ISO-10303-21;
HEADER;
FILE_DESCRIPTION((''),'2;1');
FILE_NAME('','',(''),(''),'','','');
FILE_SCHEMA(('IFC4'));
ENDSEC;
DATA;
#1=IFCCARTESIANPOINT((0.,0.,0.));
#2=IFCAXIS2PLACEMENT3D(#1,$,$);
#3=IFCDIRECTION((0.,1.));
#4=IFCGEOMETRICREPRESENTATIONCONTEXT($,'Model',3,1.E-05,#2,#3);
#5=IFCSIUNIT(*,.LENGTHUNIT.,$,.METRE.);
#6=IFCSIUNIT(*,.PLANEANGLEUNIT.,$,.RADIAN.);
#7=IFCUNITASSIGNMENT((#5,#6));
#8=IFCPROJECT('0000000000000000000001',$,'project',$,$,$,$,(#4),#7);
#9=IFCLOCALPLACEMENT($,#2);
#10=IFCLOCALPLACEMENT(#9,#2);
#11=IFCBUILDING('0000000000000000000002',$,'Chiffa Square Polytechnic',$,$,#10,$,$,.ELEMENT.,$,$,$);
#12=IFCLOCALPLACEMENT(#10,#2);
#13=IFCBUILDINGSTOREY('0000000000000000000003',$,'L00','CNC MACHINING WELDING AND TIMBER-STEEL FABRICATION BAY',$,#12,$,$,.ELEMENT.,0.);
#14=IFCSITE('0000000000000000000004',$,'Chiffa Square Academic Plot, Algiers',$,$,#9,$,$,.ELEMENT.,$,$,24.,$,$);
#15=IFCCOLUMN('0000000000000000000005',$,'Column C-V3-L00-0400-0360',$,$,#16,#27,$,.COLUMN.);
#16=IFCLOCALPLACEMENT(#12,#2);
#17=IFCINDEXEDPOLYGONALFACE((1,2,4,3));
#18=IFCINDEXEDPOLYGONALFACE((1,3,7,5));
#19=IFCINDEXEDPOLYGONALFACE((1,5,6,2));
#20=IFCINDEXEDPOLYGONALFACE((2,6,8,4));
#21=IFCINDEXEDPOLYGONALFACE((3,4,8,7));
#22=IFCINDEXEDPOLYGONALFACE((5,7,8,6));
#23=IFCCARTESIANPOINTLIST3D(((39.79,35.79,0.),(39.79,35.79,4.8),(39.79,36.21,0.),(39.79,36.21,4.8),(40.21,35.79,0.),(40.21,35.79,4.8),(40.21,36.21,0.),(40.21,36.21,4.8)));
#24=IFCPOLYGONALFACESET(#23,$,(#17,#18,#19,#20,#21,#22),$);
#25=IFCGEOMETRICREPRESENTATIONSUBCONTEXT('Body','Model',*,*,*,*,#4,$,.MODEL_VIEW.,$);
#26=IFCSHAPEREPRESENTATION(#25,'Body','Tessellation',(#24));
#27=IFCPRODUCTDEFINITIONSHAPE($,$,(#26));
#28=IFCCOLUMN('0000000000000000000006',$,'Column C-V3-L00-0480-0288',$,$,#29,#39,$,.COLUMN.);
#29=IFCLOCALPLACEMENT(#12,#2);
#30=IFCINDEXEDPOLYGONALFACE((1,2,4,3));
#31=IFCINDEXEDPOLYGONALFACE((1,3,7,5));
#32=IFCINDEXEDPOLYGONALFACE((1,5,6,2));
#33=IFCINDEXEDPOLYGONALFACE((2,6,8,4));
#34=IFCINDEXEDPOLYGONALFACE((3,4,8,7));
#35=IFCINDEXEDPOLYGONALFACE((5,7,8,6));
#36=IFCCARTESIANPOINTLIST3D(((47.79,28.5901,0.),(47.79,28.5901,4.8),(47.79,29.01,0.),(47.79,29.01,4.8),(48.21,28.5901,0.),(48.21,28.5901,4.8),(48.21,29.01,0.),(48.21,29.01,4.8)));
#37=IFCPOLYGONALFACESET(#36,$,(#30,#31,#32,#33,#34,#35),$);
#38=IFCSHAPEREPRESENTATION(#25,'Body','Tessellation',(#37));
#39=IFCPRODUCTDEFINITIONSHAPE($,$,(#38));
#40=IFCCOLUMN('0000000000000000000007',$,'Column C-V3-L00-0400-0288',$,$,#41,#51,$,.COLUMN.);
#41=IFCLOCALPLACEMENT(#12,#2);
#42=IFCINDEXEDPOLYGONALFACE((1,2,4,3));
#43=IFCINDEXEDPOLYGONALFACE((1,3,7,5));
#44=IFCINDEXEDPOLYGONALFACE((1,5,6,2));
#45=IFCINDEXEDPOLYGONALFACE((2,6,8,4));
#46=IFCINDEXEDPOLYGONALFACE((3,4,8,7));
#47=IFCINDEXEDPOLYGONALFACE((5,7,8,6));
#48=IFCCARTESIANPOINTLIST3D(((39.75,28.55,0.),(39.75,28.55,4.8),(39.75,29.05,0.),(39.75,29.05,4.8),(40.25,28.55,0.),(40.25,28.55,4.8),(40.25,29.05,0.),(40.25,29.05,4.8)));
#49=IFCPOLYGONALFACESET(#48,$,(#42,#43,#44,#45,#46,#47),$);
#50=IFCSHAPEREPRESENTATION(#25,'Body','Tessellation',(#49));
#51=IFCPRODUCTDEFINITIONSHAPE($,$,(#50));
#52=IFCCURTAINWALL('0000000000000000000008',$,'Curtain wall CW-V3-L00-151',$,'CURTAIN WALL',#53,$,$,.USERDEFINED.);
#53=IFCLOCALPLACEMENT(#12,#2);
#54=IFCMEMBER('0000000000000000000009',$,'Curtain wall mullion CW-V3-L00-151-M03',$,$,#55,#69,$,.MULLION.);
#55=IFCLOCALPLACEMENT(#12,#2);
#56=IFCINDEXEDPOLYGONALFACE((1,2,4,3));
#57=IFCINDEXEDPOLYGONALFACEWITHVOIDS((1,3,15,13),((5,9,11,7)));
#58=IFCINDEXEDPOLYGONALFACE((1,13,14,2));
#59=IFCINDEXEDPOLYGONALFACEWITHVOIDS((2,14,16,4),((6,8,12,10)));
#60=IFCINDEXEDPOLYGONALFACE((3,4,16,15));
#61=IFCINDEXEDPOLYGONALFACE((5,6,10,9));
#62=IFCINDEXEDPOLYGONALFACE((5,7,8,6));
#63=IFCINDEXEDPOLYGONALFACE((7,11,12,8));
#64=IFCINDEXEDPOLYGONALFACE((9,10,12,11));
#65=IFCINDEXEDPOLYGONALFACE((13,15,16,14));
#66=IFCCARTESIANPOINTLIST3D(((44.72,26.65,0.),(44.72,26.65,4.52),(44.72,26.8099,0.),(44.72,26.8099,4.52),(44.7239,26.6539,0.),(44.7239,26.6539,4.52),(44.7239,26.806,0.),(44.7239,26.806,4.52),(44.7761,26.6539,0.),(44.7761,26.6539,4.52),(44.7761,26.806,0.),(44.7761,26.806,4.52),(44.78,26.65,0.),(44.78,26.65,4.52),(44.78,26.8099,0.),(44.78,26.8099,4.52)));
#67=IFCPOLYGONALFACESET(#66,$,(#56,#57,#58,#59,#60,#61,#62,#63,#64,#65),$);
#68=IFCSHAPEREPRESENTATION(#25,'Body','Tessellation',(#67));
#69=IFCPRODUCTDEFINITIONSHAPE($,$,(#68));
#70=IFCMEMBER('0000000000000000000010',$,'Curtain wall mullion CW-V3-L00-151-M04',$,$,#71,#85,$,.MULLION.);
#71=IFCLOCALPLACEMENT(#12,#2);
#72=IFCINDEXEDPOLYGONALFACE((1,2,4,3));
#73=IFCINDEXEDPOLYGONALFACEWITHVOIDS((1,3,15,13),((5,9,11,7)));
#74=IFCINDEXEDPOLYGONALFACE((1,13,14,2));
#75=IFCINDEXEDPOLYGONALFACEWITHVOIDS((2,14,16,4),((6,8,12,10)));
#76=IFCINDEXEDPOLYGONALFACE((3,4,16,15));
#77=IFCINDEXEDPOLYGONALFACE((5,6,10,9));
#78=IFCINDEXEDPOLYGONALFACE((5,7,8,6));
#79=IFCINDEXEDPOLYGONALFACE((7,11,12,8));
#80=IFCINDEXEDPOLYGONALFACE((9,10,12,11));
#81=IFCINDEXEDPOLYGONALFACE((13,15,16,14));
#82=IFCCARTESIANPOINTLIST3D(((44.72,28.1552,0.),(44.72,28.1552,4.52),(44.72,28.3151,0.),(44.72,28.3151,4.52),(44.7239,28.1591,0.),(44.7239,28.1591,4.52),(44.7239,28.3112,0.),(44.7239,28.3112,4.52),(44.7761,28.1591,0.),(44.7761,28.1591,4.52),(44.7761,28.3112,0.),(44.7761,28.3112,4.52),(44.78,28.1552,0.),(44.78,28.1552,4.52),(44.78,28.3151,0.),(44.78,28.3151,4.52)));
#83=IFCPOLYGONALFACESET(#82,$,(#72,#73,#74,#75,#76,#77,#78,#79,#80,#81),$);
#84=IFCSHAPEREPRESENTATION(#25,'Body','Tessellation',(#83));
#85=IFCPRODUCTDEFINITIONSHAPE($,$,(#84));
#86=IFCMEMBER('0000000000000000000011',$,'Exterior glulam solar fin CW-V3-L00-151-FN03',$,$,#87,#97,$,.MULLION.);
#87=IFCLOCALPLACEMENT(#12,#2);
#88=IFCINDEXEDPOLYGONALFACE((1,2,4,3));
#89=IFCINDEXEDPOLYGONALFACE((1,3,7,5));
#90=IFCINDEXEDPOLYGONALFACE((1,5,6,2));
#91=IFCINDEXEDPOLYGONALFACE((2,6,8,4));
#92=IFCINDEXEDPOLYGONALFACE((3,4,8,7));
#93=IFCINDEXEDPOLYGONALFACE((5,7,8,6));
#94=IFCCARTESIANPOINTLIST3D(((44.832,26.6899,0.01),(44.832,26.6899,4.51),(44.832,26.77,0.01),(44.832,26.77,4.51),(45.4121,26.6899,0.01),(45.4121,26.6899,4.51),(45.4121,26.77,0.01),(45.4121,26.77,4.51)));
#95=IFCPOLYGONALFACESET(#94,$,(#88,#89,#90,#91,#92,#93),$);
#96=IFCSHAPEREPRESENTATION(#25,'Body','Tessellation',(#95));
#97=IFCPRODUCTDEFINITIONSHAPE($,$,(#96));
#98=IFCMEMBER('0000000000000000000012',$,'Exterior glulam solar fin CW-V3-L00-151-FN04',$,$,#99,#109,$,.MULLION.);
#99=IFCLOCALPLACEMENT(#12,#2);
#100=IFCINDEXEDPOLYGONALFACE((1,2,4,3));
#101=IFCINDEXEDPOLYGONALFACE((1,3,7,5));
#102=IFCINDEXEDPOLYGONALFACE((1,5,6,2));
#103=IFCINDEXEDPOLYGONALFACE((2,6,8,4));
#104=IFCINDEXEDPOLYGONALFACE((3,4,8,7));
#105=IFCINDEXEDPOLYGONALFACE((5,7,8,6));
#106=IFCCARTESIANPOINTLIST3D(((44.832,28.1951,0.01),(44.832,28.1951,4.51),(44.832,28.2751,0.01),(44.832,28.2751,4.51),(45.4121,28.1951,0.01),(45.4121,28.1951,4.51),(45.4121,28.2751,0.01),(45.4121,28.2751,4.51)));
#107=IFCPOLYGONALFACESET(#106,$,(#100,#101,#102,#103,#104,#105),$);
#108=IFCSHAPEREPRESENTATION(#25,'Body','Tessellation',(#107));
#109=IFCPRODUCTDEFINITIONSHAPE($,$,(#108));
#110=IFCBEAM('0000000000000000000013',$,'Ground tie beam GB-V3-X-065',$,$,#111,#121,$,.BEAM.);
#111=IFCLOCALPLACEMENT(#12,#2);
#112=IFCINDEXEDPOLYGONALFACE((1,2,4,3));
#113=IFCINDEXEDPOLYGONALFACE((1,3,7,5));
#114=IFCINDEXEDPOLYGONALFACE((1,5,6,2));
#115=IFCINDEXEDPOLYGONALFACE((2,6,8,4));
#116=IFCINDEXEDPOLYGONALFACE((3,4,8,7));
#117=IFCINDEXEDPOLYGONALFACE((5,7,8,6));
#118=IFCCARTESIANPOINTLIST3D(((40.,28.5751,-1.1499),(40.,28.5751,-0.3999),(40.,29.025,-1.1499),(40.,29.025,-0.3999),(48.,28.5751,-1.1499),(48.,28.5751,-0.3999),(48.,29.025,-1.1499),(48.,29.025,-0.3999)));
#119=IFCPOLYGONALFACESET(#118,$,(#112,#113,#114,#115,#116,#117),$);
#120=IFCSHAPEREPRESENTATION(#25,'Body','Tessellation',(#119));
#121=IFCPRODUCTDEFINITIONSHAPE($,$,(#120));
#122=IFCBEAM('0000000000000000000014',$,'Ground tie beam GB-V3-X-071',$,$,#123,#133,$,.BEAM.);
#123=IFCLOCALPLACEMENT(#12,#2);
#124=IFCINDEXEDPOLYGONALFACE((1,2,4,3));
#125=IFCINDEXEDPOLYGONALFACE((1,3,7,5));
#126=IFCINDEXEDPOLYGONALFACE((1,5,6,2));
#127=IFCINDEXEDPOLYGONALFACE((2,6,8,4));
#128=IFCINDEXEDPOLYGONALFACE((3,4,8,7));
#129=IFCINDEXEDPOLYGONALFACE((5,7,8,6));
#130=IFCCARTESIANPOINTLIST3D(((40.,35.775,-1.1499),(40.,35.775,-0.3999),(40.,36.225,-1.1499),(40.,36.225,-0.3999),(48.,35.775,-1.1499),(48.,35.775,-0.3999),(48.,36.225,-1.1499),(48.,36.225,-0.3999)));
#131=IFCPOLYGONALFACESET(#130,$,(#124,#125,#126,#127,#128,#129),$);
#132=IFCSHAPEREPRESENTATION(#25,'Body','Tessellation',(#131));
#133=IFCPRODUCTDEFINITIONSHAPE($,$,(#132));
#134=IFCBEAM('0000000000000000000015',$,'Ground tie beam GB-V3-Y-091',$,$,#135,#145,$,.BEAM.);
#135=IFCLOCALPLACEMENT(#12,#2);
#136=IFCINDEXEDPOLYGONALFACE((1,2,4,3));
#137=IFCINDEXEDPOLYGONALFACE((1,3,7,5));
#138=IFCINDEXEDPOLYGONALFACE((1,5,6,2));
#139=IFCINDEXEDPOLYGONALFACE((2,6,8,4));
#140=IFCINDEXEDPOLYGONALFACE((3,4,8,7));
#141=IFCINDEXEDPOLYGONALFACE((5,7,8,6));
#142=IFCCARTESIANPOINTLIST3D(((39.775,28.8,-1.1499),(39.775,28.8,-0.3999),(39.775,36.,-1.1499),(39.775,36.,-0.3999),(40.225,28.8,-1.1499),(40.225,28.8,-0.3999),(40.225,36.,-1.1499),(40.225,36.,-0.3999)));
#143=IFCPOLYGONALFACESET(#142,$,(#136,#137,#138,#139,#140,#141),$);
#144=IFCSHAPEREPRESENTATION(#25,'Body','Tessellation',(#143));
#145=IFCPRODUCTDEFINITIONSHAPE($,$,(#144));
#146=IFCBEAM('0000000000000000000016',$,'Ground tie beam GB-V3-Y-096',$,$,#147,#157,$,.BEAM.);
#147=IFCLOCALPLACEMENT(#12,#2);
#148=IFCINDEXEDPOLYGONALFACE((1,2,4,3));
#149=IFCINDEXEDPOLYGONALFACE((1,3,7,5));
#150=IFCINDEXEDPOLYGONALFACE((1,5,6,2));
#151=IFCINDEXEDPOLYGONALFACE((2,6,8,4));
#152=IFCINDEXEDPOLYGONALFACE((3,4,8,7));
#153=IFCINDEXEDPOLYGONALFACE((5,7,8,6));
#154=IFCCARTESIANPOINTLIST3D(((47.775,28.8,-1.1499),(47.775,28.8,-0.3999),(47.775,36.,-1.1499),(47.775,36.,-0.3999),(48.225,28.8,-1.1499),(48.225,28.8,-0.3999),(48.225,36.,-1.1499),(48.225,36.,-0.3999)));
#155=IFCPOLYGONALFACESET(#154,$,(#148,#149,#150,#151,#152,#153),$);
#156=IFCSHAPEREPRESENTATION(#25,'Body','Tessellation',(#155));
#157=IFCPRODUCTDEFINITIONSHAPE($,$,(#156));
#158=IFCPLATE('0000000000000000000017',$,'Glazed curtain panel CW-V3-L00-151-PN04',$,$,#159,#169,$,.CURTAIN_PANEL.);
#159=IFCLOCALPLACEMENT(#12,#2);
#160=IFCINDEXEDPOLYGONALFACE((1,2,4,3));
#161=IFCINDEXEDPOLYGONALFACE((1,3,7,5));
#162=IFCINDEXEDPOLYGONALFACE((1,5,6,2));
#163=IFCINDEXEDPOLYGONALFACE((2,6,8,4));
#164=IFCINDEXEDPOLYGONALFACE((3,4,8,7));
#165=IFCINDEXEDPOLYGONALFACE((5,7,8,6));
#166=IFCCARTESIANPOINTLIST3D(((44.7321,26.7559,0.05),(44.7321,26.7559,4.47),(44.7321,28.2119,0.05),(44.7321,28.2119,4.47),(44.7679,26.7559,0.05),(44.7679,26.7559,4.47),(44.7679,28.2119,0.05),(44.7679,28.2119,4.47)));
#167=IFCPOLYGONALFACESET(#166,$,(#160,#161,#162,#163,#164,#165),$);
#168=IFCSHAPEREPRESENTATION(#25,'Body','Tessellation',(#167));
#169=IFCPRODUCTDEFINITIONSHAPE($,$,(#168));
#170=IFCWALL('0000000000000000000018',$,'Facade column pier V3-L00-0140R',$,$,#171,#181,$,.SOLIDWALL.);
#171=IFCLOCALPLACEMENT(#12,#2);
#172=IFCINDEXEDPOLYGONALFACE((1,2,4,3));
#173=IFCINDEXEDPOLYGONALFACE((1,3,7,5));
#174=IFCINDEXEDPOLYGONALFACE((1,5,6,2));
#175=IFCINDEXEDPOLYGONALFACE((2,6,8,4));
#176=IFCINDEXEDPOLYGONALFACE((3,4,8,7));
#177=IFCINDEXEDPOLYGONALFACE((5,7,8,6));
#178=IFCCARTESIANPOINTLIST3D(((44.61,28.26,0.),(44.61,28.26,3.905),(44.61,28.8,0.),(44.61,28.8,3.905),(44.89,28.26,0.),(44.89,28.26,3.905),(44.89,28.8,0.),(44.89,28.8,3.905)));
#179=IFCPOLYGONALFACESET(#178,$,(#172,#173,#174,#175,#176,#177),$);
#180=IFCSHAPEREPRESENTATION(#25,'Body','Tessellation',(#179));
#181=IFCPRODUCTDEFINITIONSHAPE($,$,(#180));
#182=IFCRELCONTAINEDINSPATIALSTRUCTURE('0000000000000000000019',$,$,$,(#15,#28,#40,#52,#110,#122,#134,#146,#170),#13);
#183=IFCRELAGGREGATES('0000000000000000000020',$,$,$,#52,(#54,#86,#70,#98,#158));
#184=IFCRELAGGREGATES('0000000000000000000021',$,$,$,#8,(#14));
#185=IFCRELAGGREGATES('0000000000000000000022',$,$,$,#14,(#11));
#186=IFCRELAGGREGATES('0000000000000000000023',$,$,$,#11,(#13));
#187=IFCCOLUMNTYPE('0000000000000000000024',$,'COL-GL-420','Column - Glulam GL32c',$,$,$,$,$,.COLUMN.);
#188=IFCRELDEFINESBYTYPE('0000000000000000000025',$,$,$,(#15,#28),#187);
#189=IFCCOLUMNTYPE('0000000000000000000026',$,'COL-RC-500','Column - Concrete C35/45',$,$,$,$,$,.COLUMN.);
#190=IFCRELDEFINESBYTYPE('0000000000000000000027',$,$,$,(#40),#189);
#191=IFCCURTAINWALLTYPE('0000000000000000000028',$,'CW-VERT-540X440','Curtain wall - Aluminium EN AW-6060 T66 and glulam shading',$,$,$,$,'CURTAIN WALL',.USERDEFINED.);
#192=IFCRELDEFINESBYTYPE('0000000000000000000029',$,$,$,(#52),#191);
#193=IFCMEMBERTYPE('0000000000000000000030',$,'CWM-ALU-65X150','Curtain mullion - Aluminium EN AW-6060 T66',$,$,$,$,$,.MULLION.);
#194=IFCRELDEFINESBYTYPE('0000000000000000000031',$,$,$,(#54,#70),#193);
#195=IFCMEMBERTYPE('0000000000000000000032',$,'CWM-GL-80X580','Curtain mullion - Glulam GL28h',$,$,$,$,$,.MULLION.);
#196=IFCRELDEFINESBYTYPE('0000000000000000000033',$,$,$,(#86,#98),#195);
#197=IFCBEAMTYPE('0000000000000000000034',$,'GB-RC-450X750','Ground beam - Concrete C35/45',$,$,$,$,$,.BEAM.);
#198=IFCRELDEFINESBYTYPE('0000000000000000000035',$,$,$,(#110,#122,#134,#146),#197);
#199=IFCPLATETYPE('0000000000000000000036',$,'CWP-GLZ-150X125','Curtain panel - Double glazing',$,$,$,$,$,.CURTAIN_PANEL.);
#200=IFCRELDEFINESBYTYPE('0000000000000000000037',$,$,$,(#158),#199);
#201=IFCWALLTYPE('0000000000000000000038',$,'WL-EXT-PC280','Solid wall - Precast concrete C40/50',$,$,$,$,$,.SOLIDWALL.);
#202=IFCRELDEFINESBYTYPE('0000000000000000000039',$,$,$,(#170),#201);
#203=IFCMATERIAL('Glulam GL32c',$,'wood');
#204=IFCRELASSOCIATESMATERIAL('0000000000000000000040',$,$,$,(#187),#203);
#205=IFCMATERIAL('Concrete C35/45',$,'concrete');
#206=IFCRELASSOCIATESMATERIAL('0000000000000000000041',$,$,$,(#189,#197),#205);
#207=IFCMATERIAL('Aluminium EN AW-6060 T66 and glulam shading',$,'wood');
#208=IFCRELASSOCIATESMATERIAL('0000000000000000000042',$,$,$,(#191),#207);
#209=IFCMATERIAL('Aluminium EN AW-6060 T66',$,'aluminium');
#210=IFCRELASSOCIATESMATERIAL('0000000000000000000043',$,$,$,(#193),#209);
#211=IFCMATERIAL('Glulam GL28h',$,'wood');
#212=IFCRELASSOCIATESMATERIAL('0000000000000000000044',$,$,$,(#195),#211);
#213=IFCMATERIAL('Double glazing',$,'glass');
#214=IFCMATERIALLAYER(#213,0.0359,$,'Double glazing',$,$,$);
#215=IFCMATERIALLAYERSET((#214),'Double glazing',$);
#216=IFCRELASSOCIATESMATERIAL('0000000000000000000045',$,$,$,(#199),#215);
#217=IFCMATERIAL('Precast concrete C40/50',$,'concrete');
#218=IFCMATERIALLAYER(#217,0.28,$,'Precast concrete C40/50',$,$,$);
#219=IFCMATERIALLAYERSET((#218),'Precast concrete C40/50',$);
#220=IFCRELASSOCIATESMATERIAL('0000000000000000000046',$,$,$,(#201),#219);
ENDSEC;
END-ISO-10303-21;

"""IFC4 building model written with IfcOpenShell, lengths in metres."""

from ifc_helpers import new_model, si_unit, direction, frame, frame_2d, origin, origin_2d, place, context, subcontext, project, spatial, rectangle, hollow_rectangle, extrude, material, layer, layer_set, material_profile, profile_set, type_object, element, aggregate, save


model = new_model("IFC4")

# Units and contexts
model_context = context("Model", 3, precision=1e-05, world=origin(), true_north=direction((0.0, 1.0)))
body_context = subcontext(model_context, "Body", "Model", "MODEL_VIEW")
ifc_project = project(units=[si_unit("LENGTHUNIT", "METRE"), si_unit("PLANEANGLEUNIT", "RADIAN")], contexts=[model_context])

# Site, building, storey
site_placement = place(None, origin())
site = spatial("IfcSite", under=ifc_project, at=site_placement, Name="Chiffa Square Academic Plot, Algiers", CompositionType="ELEMENT", RefElevation=24.0)
building_placement = place(site_placement, origin())
building = spatial("IfcBuilding", under=site, at=building_placement, Name="Chiffa Square Polytechnic", CompositionType="ELEMENT")
storey_placement = place(building_placement, origin())
storey = spatial("IfcBuildingStorey", under=building, at=storey_placement, Name="L00", Description="CNC MACHINING WELDING AND TIMBER-STEEL FABRICATION BAY", CompositionType="ELEMENT", Elevation=0.0)

# Columns
ifc_material_1 = material(Name="Glulam GL32c", Category="wood")
ifc_material_profile_1 = material_profile(ifc_material_1, rectangle(XDim=0.4199, YDim=0.4199, at=origin_2d()), Name="GL32c 420x420")
ifc_profile_set_1 = profile_set([ifc_material_profile_1], Name="Glulam GL32c")
column_type_1 = type_object("IfcColumnType", Name="COL-GL-420", Description="Column - Glulam GL32c", PredefinedType="COLUMN", material=ifc_profile_set_1)
for number, where, z_axis, x_axis, name in (
    (1, (40.0, 36.0, 0.0), (0.0, 0.0, 1.0), (1.0, 0.0, 0.0), "Column C-V3-L00-0400-0360"),
    (2, (48.0, 28.8, 0.0), (0.0, 0.0, 1.0), (1.0, 0.0, 0.0), "Column C-V3-L00-0480-0288"),
):
    element("IfcColumn", number, at=place(storey_placement, frame(where, z_axis=z_axis, x_axis=x_axis)), inside=storey, type_object=column_type_1, Name=name, PredefinedType="COLUMN", context=body_context, shape_type="SweptSolid", body=[
        extrude(rectangle(XDim=0.4199, YDim=0.4199, at=origin_2d()), origin(), (0.0, 0.0, 1.0), 4.8),
    ])
ifc_material_2 = material(Name="Concrete C35/45", Category="concrete")
ifc_material_profile_2 = material_profile(ifc_material_2, rectangle(XDim=0.5, YDim=0.5, at=origin_2d()), Name="RC 500x500")
ifc_profile_set_2 = profile_set([ifc_material_profile_2], Name="Concrete C35/45")
column_type_2 = type_object("IfcColumnType", Name="COL-RC-500", Description="Column - Concrete C35/45", PredefinedType="COLUMN", material=ifc_profile_set_2)
column_placement = place(storey_placement, frame((40.0, 28.8, 0.0), z_axis=(0.0, 0.0, 1.0), x_axis=(1.0, 0.0, 0.0)))
element("IfcColumn", 3, at=column_placement, inside=storey, type_object=column_type_2, Name="Column C-V3-L00-0400-0288", PredefinedType="COLUMN", context=body_context, shape_type="SweptSolid", body=[
    extrude(rectangle(XDim=0.5, YDim=0.5, at=origin_2d()), origin(), (0.0, 0.0, 1.0), 4.8),
])

# Curtain wall, members
ifc_material_3 = material(Name="Aluminium EN AW-6060 T66 and glulam shading", Category="wood")
curtain_wall_type = type_object("IfcCurtainWallType", Name="CW-VERT-540X440", Description="Curtain wall - Aluminium EN AW-6060 T66 and glulam shading", ElementType="CURTAIN WALL", PredefinedType="USERDEFINED", material=ifc_material_3)
curtain_wall_placement = place(storey_placement, origin())
curtain_wall = element("IfcCurtainWall", 4, at=curtain_wall_placement, inside=storey, type_object=curtain_wall_type, Name="Curtain wall CW-V3-L00-151", ObjectType="CURTAIN WALL", PredefinedType="USERDEFINED")
ifc_material_4 = material(Name="Aluminium EN AW-6060 T66", Category="aluminium")
ifc_material_profile_3 = material_profile(ifc_material_4, hollow_rectangle(XDim=0.0601, YDim=0.1599, WallThickness=0.0039, at=origin_2d()), Name="ALU 60x160x4")
ifc_profile_set_3 = profile_set([ifc_material_profile_3], Name="Aluminium EN AW-6060 T66")
member_type_1 = type_object("IfcMemberType", Name="CWM-ALU-65X150", Description="Curtain mullion - Aluminium EN AW-6060 T66", PredefinedType="MULLION", material=ifc_profile_set_3)
member_1_placement = place(storey_placement, frame((44.75, 26.73, 0.0), z_axis=(0.0, 0.0, 1.0), x_axis=(1.0, 0.0, 0.0)))
member_1 = element("IfcMember", 5, at=member_1_placement, type_object=member_type_1, Name="Curtain wall mullion CW-V3-L00-151-M03", PredefinedType="MULLION", context=body_context, shape_type="SweptSolid", body=[
    extrude(hollow_rectangle(XDim=0.0601, YDim=0.1599, WallThickness=0.0039, at=origin_2d()), origin(), (0.0, 0.0, 1.0), 4.52),
])
member_2_placement = place(storey_placement, frame((44.75, 28.2351, 0.0), z_axis=(0.0, 0.0, 1.0), x_axis=(1.0, 0.0, 0.0)))
member_2 = element("IfcMember", 6, at=member_2_placement, type_object=member_type_1, Name="Curtain wall mullion CW-V3-L00-151-M04", PredefinedType="MULLION", context=body_context, shape_type="SweptSolid", body=[
    extrude(hollow_rectangle(XDim=0.0601, YDim=0.1599, WallThickness=0.0039, at=origin_2d()), origin(), (0.0, 0.0, 1.0), 4.52),
])
ifc_material_5 = material(Name="Glulam GL28h", Category="wood")
ifc_material_profile_4 = material_profile(ifc_material_5, rectangle(XDim=0.0801, YDim=0.5801, at=origin_2d()), Name="GL28h 80x580")
ifc_profile_set_4 = profile_set([ifc_material_profile_4], Name="Glulam GL28h")
member_type_2 = type_object("IfcMemberType", Name="CWM-GL-80X580", Description="Curtain mullion - Glulam GL28h", PredefinedType="MULLION", material=ifc_profile_set_4)
member_3_placement = place(storey_placement, frame((45.1221, 26.73, 0.01), z_axis=(0.0, 0.0, 1.0), x_axis=(0.0, 1.0, 0.0)))
member_3 = element("IfcMember", 7, at=member_3_placement, type_object=member_type_2, Name="Exterior glulam solar fin CW-V3-L00-151-FN03", PredefinedType="MULLION", context=body_context, shape_type="SweptSolid", body=[
    extrude(rectangle(XDim=0.0801, YDim=0.5801, at=origin_2d()), origin(), (0.0, 0.0, 1.0), 4.5),
])
member_4_placement = place(storey_placement, frame((45.1221, 28.2351, 0.01), z_axis=(0.0, 0.0, 1.0), x_axis=(0.0, 1.0, 0.0)))
member_4 = element("IfcMember", 8, at=member_4_placement, type_object=member_type_2, Name="Exterior glulam solar fin CW-V3-L00-151-FN04", PredefinedType="MULLION", context=body_context, shape_type="SweptSolid", body=[
    extrude(rectangle(XDim=0.0801, YDim=0.5801, at=origin_2d()), origin(), (0.0, 0.0, 1.0), 4.5),
])

# Beams
ifc_material_profile_5 = material_profile(ifc_material_2, rectangle(XDim=0.45, YDim=0.75, at=origin_2d()), Name="RC 450x750")
ifc_profile_set_5 = profile_set([ifc_material_profile_5], Name="Concrete C35/45")
beam_type = type_object("IfcBeamType", Name="GB-RC-450X750", Description="Ground beam - Concrete C35/45", PredefinedType="BEAM", material=ifc_profile_set_5)
for number, where, z_axis, x_axis, name in (
    (9, (40.0, 28.8, -0.7749), (1.0, 0.0, 0.0), (0.0, 1.0, 0.0), "Ground tie beam GB-V3-X-065"),
    (10, (40.0, 36.0, -0.7749), (1.0, 0.0, 0.0), (0.0, 1.0, 0.0), "Ground tie beam GB-V3-X-071"),
):
    element("IfcBeam", number, at=place(storey_placement, frame(where, z_axis=z_axis, x_axis=x_axis)), inside=storey, type_object=beam_type, Name=name, PredefinedType="BEAM", context=body_context, shape_type="SweptSolid", body=[
        extrude(rectangle(XDim=0.45, YDim=0.75, at=origin_2d()), origin(), (0.0, 0.0, 1.0), 8.0),
    ])
for number, where, z_axis, x_axis, name in (
    (11, (40.0, 28.8, -0.7749), (0.0, 1.0, 0.0), (-1.0, 0.0, 0.0), "Ground tie beam GB-V3-Y-091"),
    (12, (48.0, 28.8, -0.7749), (0.0, 1.0, 0.0), (-1.0, 0.0, 0.0), "Ground tie beam GB-V3-Y-096"),
):
    element("IfcBeam", number, at=place(storey_placement, frame(where, z_axis=z_axis, x_axis=x_axis)), inside=storey, type_object=beam_type, Name=name, PredefinedType="BEAM", context=body_context, shape_type="SweptSolid", body=[
        extrude(rectangle(XDim=0.45, YDim=0.75, at=origin_2d()), origin(), (0.0, 0.0, 1.0), 7.2),
    ])

# Plate
ifc_material_6 = material(Name="Double glazing", Category="glass")
ifc_layer_1 = layer(ifc_material_6, 0.0359, Name="Double glazing")
ifc_layer_set_1 = layer_set([ifc_layer_1], Name="Double glazing")
plate_type = type_object("IfcPlateType", Name="CWP-GLZ-150X125", Description="Curtain panel - Double glazing", PredefinedType="CURTAIN_PANEL", material=ifc_layer_set_1)
plate_placement = place(storey_placement, frame((44.75, 27.4839, 0.05), z_axis=(0.0, 0.0, 1.0), x_axis=(0.0, 1.0, 0.0)))
plate = element("IfcPlate", 13, at=plate_placement, type_object=plate_type, Name="Glazed curtain panel CW-V3-L00-151-PN04", PredefinedType="CURTAIN_PANEL", context=body_context, shape_type="SweptSolid", body=[
    extrude(rectangle(XDim=1.4561, YDim=0.0359, at=origin_2d()), origin(), (0.0, 0.0, 1.0), 4.4199),
])
aggregate(curtain_wall, [member_1, member_3, member_2, member_4, plate])

# Wall
ifc_material_7 = material(Name="Precast concrete C40/50", Category="concrete")
ifc_layer_2 = layer(ifc_material_7, 0.28, Name="Precast concrete C40/50")
ifc_layer_set_2 = layer_set([ifc_layer_2], Name="Precast concrete C40/50")
wall_type_1 = type_object("IfcWallType", Name="WL-EXT-PC280", Description="Solid wall - Precast concrete C40/50", PredefinedType="SOLIDWALL", material=ifc_layer_set_2)
wall_1_placement = place(storey_placement, frame((44.75, 28.26, 0.0), z_axis=(0.0, 0.0, 1.0), x_axis=(0.0, 1.0, 0.0)))
element("IfcWall", 14, at=wall_1_placement, inside=storey, type_object=wall_type_1, Name="Facade column pier V3-L00-0140R", PredefinedType="SOLIDWALL", context=body_context, shape_type="SweptSolid", body=[
    extrude(rectangle(XDim=0.54, YDim=0.28, at=frame_2d((0.27, 0.0))), origin(), (0.0, 0.0, 1.0), 3.905),
])

save(model, "model.ifc")
